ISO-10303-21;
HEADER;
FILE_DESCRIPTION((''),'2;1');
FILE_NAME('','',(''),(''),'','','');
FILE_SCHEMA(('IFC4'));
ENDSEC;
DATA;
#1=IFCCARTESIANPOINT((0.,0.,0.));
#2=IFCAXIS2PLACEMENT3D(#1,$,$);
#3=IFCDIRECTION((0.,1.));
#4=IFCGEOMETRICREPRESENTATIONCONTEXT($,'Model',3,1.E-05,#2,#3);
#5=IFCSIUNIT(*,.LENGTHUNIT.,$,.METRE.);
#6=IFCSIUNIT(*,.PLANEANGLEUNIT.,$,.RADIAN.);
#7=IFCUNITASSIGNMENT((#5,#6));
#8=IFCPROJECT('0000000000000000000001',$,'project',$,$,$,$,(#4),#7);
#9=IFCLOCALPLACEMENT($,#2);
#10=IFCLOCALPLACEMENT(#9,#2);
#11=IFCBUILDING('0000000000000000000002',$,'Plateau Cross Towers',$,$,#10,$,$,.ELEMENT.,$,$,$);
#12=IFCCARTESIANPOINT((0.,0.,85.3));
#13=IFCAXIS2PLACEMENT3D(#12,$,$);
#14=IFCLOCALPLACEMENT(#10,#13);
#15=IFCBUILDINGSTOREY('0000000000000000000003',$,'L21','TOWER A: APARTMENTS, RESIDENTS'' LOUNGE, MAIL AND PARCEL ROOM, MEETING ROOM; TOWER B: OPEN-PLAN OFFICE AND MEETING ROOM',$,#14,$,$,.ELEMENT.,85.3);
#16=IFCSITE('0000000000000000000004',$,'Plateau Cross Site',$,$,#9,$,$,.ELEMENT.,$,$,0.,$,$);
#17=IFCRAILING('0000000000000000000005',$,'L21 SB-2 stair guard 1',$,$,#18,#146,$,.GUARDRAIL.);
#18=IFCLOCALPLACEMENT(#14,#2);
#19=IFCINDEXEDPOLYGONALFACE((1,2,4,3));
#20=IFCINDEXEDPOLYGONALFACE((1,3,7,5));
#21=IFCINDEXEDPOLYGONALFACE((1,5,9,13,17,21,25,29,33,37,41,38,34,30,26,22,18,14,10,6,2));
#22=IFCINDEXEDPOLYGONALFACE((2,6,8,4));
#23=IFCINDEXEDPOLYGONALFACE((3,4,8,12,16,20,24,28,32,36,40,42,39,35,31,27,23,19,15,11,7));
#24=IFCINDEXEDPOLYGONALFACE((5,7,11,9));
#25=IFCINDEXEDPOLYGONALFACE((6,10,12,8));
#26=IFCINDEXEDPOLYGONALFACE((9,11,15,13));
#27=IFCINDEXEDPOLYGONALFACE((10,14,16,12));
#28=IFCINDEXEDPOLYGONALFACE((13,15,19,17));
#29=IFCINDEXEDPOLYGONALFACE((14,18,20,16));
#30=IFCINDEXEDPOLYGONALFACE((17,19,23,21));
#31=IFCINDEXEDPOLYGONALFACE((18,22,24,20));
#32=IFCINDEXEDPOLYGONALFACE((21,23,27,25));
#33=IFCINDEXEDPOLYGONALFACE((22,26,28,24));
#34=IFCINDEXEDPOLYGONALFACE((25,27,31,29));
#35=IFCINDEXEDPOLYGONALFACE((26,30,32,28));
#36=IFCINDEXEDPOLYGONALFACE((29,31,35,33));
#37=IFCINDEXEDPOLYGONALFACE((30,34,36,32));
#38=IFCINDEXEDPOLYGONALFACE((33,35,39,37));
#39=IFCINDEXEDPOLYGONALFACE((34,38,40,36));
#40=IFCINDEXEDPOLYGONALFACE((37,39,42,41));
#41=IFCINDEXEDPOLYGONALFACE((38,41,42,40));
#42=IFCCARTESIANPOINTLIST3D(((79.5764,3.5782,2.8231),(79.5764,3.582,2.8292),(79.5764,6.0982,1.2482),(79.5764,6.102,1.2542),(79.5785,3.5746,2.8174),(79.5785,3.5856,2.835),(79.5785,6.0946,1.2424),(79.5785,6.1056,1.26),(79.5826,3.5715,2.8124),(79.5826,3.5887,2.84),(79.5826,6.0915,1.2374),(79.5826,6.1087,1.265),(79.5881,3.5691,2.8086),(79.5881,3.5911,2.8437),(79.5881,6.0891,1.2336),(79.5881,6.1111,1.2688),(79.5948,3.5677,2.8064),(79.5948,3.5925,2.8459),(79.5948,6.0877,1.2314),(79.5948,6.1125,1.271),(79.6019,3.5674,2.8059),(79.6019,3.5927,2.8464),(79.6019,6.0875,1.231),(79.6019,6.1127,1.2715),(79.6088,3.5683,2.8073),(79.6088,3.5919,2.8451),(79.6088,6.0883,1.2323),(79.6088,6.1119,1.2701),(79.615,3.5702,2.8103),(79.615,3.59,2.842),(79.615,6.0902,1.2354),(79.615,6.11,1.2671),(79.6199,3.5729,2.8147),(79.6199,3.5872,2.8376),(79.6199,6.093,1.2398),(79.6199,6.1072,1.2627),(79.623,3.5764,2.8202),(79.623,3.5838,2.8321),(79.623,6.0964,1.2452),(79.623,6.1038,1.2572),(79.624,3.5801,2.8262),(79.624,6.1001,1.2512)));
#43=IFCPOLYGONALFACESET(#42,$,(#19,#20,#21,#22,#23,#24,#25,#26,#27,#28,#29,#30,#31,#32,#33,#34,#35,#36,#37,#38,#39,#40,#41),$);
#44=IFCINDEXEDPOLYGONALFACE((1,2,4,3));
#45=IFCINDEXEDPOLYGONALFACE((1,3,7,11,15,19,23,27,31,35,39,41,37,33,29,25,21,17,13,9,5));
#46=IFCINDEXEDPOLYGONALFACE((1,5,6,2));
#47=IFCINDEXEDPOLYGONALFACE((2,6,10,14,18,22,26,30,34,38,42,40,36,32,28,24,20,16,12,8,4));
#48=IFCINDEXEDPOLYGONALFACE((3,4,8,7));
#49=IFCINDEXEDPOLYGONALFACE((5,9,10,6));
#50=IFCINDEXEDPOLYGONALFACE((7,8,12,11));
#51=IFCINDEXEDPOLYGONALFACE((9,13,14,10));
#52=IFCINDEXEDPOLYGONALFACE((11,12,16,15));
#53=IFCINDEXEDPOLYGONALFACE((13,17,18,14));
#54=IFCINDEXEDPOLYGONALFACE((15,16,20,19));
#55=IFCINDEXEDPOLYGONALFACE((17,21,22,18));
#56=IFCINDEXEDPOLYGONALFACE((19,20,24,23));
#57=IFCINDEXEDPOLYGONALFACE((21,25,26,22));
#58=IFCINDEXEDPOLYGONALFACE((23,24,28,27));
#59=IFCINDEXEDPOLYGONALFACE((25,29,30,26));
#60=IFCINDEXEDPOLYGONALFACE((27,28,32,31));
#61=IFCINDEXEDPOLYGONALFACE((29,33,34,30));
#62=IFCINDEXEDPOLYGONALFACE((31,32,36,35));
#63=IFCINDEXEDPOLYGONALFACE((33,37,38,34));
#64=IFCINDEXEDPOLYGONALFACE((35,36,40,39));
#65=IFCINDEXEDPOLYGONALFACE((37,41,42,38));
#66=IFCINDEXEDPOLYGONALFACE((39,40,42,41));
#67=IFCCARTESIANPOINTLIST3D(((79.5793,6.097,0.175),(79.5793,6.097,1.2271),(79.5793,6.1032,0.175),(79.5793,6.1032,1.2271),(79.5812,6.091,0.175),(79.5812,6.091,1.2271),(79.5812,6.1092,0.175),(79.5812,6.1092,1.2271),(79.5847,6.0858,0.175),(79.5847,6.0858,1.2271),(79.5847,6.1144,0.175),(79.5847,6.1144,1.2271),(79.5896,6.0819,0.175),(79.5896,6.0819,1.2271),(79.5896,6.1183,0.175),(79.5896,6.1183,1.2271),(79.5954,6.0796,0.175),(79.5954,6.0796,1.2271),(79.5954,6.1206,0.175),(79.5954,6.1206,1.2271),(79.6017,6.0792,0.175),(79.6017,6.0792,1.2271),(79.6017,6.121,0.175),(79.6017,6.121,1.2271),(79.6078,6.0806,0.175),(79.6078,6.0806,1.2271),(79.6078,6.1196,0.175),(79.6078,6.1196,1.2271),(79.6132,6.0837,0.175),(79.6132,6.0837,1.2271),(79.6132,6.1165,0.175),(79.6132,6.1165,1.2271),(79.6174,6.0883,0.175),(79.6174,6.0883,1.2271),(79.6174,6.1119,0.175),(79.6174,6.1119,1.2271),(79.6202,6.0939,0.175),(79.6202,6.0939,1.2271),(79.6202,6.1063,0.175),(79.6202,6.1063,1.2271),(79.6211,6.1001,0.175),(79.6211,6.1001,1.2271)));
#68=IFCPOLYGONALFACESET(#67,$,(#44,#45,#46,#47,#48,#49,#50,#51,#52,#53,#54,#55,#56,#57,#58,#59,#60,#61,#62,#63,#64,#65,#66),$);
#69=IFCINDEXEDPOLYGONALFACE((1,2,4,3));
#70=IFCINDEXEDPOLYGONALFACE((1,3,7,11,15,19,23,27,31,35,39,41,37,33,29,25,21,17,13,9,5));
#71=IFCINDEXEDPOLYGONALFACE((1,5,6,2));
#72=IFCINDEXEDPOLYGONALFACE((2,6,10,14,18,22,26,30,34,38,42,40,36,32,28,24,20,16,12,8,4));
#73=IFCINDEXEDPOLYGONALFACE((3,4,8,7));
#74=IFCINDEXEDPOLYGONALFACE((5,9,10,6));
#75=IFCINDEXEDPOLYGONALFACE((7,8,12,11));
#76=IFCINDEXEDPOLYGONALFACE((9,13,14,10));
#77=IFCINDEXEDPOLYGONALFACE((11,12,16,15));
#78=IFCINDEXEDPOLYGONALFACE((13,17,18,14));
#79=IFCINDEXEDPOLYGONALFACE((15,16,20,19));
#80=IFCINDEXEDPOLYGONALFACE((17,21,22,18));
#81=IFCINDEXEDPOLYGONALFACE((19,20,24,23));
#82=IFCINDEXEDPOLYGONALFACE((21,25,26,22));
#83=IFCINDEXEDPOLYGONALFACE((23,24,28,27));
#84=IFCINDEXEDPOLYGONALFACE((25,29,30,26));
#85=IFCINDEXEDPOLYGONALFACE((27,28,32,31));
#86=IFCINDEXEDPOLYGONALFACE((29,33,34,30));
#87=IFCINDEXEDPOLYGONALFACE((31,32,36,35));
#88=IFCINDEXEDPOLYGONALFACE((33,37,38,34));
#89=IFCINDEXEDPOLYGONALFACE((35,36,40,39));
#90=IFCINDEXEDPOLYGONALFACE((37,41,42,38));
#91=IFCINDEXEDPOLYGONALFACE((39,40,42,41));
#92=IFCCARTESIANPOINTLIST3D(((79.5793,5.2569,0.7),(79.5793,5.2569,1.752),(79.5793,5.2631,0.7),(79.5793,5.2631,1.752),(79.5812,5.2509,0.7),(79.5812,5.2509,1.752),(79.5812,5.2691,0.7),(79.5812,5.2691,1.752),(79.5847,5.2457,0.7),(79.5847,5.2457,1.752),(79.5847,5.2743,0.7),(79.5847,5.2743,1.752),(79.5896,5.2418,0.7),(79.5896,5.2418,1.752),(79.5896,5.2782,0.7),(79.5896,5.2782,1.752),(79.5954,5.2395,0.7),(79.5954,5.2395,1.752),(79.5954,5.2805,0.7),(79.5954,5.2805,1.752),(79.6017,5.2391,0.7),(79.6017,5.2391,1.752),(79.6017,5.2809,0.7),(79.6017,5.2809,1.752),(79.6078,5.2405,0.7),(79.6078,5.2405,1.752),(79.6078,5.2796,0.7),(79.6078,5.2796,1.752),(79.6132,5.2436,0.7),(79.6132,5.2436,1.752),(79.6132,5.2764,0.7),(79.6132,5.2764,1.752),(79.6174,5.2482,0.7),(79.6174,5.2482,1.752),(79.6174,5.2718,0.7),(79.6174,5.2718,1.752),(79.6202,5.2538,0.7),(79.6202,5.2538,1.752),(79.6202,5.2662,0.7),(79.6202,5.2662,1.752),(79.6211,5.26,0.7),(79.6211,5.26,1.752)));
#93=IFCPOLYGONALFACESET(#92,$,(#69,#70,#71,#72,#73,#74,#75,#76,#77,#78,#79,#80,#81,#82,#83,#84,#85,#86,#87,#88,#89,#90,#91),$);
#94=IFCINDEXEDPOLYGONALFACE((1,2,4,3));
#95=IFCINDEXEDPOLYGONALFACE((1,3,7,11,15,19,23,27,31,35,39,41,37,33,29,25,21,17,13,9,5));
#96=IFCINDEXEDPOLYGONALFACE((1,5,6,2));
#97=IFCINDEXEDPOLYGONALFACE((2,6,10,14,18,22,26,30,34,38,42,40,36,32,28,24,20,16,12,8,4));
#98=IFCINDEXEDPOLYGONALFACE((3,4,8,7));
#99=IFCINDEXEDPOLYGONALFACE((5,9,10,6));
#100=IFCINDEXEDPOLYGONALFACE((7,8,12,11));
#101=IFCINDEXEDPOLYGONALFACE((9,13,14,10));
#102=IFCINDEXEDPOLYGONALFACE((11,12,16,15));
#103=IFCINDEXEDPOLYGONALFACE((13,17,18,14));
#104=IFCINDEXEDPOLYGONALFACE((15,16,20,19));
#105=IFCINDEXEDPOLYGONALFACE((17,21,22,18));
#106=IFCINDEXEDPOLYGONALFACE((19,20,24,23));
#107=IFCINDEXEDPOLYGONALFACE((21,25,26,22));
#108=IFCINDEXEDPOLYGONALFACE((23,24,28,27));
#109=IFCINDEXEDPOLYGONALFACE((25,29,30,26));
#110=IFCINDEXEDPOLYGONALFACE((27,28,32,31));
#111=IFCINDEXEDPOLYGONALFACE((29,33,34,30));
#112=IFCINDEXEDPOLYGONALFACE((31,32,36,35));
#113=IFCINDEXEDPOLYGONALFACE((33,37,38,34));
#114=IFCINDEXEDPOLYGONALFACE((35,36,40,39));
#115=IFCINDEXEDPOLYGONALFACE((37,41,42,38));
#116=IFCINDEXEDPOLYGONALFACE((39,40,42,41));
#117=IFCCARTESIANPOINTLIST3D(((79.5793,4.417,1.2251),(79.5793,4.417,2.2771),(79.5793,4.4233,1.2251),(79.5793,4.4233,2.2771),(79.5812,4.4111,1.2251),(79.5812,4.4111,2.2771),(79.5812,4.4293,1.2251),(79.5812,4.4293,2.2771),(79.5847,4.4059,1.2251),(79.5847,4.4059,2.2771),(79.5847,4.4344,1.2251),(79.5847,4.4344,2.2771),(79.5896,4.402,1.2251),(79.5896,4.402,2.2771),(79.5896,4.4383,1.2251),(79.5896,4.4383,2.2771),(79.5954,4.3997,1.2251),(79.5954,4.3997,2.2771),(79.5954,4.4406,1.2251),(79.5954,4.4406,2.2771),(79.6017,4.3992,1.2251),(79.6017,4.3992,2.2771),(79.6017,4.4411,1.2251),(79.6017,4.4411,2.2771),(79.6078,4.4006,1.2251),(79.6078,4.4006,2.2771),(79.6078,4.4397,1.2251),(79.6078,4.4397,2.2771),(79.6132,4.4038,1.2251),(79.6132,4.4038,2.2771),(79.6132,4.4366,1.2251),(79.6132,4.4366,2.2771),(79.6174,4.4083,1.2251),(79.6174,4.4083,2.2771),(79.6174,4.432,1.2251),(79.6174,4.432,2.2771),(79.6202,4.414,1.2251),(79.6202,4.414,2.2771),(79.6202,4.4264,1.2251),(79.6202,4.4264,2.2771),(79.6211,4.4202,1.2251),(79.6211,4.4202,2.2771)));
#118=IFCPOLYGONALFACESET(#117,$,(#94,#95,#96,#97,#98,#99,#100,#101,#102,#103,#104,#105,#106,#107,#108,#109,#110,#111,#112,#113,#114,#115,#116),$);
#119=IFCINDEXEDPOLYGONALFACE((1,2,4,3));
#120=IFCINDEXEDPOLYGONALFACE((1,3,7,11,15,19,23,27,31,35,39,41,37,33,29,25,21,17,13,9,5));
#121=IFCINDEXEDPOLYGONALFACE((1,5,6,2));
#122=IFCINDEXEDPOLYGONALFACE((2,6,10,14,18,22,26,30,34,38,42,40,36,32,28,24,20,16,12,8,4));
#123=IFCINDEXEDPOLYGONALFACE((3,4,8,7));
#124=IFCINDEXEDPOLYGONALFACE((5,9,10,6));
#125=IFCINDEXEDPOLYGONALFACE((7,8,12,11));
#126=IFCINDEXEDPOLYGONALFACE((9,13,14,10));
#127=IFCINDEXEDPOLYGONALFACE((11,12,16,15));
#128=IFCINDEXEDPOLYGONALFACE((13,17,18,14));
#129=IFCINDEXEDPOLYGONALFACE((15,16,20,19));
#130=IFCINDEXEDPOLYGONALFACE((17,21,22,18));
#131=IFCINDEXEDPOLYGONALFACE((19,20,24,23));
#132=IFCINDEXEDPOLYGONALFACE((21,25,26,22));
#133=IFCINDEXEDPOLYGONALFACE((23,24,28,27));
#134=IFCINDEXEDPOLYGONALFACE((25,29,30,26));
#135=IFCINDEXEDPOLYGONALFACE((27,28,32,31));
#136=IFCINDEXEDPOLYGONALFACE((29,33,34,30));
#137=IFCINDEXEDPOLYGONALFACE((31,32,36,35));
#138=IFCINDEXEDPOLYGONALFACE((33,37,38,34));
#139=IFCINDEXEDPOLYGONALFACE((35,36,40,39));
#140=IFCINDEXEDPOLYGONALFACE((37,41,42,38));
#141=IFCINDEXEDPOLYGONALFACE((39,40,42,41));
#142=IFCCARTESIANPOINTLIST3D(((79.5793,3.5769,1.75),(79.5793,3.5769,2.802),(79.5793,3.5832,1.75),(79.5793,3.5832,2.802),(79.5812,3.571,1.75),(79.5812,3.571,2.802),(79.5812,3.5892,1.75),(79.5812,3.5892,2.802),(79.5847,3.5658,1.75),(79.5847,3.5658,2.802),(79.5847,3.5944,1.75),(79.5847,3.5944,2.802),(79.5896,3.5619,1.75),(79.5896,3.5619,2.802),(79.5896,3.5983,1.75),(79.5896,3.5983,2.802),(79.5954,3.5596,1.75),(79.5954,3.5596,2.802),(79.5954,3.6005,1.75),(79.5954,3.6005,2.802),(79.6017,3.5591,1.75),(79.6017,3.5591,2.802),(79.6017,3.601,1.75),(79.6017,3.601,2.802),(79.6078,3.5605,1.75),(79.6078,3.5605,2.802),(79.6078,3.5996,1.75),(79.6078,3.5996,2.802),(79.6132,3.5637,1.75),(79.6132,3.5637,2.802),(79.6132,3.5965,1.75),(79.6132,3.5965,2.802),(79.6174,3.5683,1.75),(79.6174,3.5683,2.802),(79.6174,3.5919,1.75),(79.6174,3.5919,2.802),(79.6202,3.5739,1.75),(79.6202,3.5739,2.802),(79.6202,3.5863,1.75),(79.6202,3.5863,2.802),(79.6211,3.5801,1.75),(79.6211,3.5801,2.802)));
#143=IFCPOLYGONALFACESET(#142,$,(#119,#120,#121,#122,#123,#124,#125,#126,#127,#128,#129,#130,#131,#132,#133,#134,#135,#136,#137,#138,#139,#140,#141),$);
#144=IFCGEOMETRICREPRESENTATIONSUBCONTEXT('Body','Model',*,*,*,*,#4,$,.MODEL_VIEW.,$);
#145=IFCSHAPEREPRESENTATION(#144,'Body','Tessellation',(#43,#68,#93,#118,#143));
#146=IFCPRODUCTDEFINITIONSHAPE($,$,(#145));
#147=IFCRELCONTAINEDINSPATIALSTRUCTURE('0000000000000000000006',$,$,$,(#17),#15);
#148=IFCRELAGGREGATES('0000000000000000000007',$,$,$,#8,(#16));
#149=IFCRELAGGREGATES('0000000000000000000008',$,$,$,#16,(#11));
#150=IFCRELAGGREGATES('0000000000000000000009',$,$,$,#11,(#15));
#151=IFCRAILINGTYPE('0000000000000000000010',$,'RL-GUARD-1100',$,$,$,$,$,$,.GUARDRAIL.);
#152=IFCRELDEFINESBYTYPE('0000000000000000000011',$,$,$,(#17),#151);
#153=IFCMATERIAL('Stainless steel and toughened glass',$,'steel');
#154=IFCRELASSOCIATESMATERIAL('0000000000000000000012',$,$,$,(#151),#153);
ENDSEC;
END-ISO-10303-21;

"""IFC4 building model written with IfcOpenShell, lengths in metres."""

from ifc_helpers import new_model, si_unit, direction, frame, origin, origin_2d, place, context, subcontext, project, spatial, circle, extrude, material, type_object, element, save


model = new_model("IFC4")

# Units and contexts
model_context = context("Model", 3, precision=1e-05, world=origin(), true_north=direction((0.0, 1.0)))
body_context = subcontext(model_context, "Body", "Model", "MODEL_VIEW")
ifc_project = project(units=[si_unit("LENGTHUNIT", "METRE"), si_unit("PLANEANGLEUNIT", "RADIAN")], contexts=[model_context])

# Site, building, storey
site_placement = place(None, origin())
site = spatial("IfcSite", under=ifc_project, at=site_placement, Name="Plateau Cross Site", CompositionType="ELEMENT", RefElevation=0.0)
building_placement = place(site_placement, origin())
building = spatial("IfcBuilding", under=site, at=building_placement, Name="Plateau Cross Towers", CompositionType="ELEMENT")
storey_placement = place(building_placement, frame((0.0, 0.0, 85.3)))
storey = spatial("IfcBuildingStorey", under=building, at=storey_placement, Name="L21", Description="TOWER A: APARTMENTS, RESIDENTS' LOUNGE, MAIL AND PARCEL ROOM, MEETING ROOM; TOWER B: OPEN-PLAN OFFICE AND MEETING ROOM", CompositionType="ELEMENT", Elevation=85.3)

# Railing
ifc_material_1 = material(Name="Stainless steel and toughened glass", Category="steel")
railing_type = type_object("IfcRailingType", Name="RL-GUARD-1100", PredefinedType="GUARDRAIL", material=ifc_material_1)
railing_1_placement = place(storey_placement, frame((79.6001, 6.1001, 0.175)))
element("IfcRailing", 1, at=railing_1_placement, inside=storey, type_object=railing_type, Name="L21 SB-2 stair guard 1", PredefinedType="GUARDRAIL", context=body_context, shape_type="SweptSolid", body=[
    extrude(circle(Radius=0.0239, at=origin_2d()), frame((0.0, 0.0, 1.0762), z_axis=(0.0, -0.848008, 0.529984), x_axis=(1.0, 0.0, 0.0)), (0.0, 0.0, 1.0), 2.9717),
    extrude(circle(Radius=0.021, at=origin_2d()), origin(), (0.0, 0.0, 1.0), 1.052),
    extrude(circle(Radius=0.021, at=origin_2d()), frame((0.0, -0.8401, 0.5249)), (0.0, 0.0, 1.0), 1.052),
    extrude(circle(Radius=0.021, at=origin_2d()), frame((0.0, -1.6799, 1.05)), (0.0, 0.0, 1.0), 1.052),
    extrude(circle(Radius=0.021, at=origin_2d()), frame((0.0, -2.52, 1.575)), (0.0, 0.0, 1.0), 1.052),
])

save(model, "model.ifc")
